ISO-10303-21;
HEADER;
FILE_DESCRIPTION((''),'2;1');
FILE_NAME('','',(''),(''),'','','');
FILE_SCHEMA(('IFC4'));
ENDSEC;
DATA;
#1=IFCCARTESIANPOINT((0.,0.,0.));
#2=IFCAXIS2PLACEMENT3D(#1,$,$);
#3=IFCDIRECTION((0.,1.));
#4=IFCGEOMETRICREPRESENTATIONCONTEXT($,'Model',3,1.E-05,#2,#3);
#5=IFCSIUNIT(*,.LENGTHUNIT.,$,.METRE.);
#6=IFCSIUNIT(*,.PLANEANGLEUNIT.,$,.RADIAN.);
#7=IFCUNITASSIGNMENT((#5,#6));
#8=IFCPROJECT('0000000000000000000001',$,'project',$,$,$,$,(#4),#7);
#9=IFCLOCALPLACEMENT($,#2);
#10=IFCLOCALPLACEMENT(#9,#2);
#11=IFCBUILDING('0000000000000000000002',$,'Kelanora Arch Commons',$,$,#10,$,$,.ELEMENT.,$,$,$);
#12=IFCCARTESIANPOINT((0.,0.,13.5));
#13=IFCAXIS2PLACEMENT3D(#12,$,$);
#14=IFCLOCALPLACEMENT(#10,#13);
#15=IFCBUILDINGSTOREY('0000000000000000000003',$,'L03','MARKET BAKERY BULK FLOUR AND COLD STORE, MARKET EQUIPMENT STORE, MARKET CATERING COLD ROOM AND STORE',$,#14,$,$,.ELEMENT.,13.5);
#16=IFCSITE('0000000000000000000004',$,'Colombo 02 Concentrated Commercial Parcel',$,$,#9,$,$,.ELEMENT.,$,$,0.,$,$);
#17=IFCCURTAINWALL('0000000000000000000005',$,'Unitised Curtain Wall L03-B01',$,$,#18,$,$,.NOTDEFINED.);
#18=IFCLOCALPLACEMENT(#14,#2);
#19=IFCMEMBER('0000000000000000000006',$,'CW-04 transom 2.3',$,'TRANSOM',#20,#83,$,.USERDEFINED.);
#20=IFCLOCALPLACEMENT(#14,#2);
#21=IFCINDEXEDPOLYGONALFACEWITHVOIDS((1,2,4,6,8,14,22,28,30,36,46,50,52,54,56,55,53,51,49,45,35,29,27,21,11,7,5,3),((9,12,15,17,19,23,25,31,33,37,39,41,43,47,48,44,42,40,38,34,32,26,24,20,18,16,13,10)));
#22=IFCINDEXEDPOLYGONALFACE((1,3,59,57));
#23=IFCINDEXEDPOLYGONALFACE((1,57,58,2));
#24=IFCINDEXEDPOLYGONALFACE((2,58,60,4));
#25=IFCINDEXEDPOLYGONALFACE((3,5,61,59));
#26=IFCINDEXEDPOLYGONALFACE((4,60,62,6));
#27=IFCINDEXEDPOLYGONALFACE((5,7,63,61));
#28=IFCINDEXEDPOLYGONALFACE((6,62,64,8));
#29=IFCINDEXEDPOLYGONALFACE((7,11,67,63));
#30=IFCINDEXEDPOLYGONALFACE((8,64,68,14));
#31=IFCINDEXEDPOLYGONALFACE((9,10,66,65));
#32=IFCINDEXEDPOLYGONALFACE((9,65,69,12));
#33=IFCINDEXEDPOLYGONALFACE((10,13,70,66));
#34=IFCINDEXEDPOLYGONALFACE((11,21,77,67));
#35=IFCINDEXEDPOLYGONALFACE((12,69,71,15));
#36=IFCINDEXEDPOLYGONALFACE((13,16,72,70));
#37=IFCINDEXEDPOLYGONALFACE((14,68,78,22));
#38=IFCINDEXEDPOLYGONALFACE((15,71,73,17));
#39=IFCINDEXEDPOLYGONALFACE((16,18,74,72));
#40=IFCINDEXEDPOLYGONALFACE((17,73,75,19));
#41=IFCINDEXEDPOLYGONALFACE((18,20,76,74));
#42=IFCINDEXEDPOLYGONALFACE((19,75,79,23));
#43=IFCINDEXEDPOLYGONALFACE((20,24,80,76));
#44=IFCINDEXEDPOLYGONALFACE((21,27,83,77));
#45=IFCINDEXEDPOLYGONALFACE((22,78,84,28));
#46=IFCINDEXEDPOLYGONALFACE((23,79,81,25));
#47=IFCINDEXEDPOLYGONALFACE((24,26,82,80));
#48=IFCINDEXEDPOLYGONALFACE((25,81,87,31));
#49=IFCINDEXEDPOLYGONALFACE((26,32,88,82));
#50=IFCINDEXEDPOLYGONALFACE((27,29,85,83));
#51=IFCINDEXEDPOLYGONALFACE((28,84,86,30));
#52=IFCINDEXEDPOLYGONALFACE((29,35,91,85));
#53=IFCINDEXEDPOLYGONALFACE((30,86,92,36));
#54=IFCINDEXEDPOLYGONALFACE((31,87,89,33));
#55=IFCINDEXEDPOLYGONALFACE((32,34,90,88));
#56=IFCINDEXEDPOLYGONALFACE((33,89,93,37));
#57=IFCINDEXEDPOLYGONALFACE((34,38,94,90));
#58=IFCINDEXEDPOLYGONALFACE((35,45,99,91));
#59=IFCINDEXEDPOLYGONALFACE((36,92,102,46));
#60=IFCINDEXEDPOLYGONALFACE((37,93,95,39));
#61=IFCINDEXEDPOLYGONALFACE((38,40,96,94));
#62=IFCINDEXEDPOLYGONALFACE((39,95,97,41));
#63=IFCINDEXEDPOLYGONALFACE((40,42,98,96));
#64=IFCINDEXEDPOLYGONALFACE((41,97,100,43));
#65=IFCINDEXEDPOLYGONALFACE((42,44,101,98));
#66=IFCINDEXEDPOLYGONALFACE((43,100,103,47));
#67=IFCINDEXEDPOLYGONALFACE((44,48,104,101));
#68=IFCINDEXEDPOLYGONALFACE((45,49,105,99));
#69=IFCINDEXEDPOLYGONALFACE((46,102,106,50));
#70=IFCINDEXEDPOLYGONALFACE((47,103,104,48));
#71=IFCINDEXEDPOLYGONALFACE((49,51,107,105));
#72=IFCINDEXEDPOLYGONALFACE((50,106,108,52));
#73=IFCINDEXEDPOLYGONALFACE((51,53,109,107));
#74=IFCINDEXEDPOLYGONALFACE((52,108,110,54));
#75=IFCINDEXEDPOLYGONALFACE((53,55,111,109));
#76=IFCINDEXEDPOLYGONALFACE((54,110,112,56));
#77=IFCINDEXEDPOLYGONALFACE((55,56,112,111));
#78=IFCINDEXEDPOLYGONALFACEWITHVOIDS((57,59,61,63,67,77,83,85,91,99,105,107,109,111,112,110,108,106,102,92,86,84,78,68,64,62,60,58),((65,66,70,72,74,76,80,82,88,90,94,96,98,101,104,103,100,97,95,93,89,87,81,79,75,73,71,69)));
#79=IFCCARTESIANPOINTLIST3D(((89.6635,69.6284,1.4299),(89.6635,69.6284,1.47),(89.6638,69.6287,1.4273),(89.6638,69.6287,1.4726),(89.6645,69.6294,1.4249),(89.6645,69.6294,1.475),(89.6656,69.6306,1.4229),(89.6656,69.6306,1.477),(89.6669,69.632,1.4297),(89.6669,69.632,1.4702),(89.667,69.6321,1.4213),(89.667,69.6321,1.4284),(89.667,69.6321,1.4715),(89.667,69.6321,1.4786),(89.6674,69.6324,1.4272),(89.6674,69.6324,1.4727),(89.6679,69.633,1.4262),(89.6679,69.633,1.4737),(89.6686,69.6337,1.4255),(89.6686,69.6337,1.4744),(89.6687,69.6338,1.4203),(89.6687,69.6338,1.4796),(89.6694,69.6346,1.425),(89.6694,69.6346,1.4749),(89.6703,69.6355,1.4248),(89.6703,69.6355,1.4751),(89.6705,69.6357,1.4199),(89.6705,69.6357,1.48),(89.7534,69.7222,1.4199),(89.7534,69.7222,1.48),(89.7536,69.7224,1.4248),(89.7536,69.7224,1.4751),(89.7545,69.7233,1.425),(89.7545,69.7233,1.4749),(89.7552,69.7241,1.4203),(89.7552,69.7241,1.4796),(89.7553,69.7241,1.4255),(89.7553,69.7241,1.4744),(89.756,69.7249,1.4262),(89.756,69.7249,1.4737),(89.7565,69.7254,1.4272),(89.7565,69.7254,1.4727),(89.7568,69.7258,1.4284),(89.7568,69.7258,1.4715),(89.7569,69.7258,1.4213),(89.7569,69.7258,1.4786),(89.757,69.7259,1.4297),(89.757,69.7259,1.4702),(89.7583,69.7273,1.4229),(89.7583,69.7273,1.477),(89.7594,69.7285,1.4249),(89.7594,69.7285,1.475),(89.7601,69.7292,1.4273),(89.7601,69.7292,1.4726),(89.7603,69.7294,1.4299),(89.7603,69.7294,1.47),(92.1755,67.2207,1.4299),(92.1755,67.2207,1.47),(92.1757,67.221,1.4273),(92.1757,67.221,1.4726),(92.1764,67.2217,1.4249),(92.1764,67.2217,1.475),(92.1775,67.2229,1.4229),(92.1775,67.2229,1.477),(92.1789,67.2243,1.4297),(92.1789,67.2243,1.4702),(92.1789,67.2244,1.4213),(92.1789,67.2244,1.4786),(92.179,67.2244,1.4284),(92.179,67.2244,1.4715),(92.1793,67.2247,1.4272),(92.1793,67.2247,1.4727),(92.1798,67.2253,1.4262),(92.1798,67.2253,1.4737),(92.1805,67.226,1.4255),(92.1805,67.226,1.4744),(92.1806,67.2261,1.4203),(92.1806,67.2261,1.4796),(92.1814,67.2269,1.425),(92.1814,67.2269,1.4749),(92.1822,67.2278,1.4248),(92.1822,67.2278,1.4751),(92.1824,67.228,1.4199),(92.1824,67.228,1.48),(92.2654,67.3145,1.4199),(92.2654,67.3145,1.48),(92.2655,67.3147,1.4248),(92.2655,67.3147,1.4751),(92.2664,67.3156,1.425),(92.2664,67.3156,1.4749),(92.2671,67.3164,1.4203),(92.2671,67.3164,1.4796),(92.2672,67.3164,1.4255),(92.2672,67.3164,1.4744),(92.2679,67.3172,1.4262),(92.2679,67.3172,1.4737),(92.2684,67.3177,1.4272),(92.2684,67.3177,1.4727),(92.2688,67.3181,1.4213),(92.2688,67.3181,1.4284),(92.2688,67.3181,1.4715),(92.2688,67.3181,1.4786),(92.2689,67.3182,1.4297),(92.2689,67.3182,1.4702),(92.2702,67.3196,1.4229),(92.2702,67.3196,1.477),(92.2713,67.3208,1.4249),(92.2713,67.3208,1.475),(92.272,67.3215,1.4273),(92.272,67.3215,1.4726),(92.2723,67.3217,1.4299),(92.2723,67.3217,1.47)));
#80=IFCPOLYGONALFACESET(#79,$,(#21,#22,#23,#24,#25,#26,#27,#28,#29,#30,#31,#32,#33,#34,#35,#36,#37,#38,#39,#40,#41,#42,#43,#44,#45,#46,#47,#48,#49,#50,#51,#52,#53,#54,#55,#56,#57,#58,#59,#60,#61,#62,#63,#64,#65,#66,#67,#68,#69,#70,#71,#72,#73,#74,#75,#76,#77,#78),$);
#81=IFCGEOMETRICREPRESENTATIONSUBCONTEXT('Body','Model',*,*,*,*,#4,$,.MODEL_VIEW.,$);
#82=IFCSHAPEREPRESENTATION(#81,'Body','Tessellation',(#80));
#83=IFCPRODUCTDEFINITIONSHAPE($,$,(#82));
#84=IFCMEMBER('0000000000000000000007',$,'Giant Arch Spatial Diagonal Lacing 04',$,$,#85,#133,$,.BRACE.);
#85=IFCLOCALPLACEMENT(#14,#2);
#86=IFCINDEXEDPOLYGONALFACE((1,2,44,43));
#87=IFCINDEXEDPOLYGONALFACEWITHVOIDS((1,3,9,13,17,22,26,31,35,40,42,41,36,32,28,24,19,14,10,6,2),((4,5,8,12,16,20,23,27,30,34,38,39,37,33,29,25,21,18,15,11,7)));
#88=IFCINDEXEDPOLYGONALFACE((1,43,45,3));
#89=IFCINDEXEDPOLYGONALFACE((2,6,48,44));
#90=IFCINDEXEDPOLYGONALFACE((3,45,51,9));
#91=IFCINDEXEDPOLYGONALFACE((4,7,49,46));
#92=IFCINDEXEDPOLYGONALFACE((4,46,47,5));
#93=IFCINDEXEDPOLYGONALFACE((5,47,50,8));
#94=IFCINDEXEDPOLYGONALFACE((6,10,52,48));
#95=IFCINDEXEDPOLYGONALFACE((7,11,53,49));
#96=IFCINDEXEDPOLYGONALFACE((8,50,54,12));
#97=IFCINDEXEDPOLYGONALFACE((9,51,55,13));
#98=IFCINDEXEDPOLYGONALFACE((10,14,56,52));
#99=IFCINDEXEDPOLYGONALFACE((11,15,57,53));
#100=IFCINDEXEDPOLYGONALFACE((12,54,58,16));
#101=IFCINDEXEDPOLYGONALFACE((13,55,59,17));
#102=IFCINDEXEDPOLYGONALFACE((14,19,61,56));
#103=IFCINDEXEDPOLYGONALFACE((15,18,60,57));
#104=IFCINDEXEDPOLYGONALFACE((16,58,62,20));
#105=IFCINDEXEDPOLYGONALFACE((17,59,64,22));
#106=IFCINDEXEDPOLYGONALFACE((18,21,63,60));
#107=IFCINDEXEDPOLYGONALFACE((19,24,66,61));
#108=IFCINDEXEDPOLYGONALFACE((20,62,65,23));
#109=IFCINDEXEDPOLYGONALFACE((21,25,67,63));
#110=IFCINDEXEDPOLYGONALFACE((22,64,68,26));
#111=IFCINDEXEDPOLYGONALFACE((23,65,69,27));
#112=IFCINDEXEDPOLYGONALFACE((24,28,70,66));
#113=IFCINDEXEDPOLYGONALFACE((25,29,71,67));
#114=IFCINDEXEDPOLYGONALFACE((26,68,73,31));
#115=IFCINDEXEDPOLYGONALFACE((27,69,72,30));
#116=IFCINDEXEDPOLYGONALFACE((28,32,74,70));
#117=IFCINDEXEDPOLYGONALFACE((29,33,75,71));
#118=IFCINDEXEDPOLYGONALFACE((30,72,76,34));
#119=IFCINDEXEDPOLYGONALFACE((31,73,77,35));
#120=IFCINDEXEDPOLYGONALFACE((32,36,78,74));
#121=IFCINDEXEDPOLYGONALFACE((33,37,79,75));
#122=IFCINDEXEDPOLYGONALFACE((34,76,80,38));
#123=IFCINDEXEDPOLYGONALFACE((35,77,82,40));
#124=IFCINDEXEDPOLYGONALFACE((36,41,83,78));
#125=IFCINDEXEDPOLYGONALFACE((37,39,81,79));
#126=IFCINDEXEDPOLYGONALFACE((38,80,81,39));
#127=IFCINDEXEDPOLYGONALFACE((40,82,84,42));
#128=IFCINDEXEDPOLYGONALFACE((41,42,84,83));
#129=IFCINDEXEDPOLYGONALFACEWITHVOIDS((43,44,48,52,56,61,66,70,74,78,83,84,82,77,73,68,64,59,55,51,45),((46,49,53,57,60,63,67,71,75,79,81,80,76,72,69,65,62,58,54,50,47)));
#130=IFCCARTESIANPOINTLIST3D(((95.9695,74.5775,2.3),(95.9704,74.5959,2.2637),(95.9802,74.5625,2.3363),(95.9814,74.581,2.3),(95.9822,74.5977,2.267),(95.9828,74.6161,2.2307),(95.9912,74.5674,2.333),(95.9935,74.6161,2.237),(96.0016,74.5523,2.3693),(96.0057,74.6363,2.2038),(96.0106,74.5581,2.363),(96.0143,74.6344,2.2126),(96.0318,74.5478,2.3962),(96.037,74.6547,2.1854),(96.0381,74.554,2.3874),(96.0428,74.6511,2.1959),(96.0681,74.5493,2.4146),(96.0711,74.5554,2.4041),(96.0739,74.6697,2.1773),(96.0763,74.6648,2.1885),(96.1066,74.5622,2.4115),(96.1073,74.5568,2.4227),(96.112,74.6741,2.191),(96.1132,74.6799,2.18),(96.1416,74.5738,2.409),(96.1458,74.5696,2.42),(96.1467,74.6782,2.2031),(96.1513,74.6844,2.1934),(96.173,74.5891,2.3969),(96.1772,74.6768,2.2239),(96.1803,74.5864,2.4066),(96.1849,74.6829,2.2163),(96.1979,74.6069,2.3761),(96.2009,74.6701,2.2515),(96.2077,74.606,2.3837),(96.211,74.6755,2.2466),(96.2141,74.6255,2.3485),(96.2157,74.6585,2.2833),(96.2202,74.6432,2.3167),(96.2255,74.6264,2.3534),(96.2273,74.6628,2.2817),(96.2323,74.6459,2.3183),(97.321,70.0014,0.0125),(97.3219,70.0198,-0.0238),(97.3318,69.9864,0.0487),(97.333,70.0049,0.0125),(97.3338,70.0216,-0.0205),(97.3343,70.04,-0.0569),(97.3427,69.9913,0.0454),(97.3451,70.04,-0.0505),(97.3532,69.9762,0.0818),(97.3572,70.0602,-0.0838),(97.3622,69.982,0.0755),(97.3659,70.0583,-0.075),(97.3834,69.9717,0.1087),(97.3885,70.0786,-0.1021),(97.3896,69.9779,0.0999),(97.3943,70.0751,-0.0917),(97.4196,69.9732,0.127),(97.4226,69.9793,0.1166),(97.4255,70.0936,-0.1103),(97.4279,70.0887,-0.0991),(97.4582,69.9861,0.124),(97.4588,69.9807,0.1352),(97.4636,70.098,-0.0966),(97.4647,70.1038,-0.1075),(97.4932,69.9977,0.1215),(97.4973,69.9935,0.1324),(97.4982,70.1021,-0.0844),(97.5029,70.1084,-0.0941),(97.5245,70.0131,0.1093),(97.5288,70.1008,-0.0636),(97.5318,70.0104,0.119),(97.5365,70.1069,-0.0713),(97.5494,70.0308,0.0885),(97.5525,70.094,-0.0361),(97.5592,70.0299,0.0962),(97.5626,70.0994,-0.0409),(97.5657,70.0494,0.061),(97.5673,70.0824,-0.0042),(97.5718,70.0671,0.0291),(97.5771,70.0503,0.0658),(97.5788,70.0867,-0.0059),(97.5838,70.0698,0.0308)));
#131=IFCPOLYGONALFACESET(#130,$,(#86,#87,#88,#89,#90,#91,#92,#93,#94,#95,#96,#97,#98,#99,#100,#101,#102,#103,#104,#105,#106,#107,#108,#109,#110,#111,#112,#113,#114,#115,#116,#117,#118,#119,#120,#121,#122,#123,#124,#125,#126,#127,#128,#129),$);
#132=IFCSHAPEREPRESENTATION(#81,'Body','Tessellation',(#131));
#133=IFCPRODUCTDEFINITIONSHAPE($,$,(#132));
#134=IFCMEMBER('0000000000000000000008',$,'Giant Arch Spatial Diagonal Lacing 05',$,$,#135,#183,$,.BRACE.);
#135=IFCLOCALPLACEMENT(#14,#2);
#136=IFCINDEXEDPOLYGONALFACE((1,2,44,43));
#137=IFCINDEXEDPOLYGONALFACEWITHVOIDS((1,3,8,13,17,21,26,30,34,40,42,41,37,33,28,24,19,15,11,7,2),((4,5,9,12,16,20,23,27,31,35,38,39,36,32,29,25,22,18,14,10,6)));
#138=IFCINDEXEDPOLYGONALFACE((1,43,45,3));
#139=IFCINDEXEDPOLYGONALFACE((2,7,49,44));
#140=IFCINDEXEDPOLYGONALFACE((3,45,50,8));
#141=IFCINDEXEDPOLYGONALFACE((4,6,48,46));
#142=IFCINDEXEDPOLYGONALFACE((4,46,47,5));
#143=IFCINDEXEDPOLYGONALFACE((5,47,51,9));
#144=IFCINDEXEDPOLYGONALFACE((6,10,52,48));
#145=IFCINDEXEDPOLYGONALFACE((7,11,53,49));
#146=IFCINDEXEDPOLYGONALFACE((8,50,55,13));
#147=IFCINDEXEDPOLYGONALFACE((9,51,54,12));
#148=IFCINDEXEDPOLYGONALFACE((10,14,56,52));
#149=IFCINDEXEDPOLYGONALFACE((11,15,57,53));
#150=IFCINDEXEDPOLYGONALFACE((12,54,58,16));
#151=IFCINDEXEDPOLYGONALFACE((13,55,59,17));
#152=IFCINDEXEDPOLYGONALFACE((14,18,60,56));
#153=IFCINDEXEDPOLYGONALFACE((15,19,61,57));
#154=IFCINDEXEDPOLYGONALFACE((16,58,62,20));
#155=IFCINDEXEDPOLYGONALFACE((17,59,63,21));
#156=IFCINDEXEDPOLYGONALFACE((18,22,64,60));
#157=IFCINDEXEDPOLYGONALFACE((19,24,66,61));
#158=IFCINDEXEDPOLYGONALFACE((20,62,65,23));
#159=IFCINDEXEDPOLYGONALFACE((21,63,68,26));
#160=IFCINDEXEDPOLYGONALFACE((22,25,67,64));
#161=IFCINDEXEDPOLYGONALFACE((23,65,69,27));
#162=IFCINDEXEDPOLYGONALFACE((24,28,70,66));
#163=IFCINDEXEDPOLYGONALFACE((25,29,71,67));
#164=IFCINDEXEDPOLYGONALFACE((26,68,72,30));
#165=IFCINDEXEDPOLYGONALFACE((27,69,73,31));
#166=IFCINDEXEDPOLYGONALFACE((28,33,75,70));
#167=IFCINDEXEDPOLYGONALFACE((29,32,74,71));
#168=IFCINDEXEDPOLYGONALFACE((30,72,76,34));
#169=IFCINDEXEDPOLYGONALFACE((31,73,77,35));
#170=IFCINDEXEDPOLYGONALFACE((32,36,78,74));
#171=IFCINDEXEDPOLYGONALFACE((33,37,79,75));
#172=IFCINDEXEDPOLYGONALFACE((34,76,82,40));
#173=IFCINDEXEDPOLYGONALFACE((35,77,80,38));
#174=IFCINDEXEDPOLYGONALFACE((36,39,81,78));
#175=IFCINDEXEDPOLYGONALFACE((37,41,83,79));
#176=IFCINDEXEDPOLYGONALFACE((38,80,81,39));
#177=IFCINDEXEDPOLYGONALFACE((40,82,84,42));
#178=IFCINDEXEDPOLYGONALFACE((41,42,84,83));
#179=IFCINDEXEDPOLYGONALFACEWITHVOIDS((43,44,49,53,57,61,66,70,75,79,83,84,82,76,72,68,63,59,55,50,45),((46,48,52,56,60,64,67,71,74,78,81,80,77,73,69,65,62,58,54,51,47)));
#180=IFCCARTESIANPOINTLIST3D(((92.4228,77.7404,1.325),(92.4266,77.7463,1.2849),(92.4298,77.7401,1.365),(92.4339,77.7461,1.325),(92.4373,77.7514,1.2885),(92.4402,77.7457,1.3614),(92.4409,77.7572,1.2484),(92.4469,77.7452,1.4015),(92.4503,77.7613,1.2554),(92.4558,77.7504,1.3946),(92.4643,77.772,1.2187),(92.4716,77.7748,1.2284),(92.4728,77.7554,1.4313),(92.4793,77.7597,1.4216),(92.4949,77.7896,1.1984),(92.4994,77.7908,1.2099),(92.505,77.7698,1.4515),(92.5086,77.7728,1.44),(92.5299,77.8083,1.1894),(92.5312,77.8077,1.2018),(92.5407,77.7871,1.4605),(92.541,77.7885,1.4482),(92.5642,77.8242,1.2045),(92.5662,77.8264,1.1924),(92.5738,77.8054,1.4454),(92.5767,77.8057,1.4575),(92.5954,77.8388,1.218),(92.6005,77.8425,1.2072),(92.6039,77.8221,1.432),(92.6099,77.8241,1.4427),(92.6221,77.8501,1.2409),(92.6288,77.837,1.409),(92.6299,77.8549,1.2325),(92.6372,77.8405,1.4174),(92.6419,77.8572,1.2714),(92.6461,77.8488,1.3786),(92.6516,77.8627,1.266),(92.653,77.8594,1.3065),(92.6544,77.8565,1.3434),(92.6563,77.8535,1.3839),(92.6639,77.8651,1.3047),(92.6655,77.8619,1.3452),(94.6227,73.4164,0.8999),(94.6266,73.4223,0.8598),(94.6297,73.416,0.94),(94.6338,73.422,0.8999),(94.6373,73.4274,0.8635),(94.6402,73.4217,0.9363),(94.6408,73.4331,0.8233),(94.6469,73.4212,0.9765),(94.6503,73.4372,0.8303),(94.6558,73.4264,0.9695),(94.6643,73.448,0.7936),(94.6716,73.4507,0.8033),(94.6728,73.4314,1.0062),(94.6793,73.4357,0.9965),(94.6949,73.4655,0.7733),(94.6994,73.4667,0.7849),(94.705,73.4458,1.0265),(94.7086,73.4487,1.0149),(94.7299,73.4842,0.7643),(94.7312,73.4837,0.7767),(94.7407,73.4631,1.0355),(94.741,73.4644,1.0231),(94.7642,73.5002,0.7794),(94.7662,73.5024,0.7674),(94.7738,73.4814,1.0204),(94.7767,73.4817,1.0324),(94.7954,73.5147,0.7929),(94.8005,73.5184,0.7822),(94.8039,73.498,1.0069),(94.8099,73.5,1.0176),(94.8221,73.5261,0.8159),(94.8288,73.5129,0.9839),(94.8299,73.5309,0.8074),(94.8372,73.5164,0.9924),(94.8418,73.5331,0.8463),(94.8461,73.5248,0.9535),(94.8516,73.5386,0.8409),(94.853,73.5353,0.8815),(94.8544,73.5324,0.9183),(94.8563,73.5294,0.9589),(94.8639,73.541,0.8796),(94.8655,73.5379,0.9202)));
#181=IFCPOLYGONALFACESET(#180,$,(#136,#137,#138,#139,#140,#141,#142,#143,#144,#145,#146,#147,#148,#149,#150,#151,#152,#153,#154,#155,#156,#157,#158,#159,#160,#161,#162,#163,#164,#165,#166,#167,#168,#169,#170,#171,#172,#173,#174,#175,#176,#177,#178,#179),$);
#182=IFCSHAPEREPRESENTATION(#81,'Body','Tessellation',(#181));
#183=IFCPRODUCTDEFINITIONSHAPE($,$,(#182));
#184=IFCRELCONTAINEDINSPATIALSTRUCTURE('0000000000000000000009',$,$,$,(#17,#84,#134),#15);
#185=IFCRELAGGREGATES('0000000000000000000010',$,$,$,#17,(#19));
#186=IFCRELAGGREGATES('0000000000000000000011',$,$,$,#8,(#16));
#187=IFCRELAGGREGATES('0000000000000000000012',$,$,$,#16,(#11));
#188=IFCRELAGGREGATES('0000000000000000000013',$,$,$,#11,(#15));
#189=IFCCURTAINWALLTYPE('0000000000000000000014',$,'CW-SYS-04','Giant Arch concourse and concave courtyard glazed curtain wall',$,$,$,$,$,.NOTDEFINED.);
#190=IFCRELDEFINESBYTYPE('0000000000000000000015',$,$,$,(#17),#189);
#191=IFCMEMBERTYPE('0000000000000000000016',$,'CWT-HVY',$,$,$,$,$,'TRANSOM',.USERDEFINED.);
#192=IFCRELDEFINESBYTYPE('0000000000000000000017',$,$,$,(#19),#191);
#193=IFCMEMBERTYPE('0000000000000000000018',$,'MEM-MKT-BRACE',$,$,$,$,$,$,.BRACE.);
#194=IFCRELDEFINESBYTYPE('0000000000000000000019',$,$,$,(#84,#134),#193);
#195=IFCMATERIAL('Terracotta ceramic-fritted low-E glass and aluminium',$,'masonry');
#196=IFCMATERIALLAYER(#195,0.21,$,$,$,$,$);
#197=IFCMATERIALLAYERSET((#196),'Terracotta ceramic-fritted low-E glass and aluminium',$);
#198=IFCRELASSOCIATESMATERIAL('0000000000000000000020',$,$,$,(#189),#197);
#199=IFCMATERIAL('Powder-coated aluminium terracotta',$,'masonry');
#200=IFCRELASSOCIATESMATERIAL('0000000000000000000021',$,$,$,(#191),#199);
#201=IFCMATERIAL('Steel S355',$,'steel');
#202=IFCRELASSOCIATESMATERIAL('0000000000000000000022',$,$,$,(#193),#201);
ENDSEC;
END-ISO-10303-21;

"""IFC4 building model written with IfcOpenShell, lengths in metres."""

from ifc_helpers import new_model, si_unit, direction, frame, origin, origin_2d, place, context, subcontext, project, spatial, hollow_rectangle, hollow_circle, extrude, material, layer, layer_set, material_profile, profile_set, type_object, element, aggregate, save


model = new_model("IFC4")

# Units and contexts
model_context = context("Model", 3, precision=1e-05, world=origin(), true_north=direction((0.0, 1.0)))
body_context = subcontext(model_context, "Body", "Model", "MODEL_VIEW")
ifc_project = project(units=[si_unit("LENGTHUNIT", "METRE"), si_unit("PLANEANGLEUNIT", "RADIAN")], contexts=[model_context])

# Site, building, storey
site_placement = place(None, origin())
site = spatial("IfcSite", under=ifc_project, at=site_placement, Name="Colombo 02 Concentrated Commercial Parcel", CompositionType="ELEMENT", RefElevation=0.0)
building_placement = place(site_placement, origin())
building = spatial("IfcBuilding", under=site, at=building_placement, Name="Kelanora Arch Commons", CompositionType="ELEMENT")
storey_placement = place(building_placement, frame((0.0, 0.0, 13.5)))
storey = spatial("IfcBuildingStorey", under=building, at=storey_placement, Name="L03", Description="MARKET BAKERY BULK FLOUR AND COLD STORE, MARKET EQUIPMENT STORE, MARKET CATERING COLD ROOM AND STORE", CompositionType="ELEMENT", Elevation=13.5)

# Shared definitions
ifc_material_1 = material(Name="Steel S355", Category="steel")

# Curtain wall
ifc_material_2 = material(Name="Terracotta ceramic-fritted low-E glass and aluminium", Category="masonry")
ifc_layer_1 = layer(ifc_material_2, 0.21)
ifc_layer_set_1 = layer_set([ifc_layer_1], Name="Terracotta ceramic-fritted low-E glass and aluminium")
curtain_wall_type = type_object("IfcCurtainWallType", Name="CW-SYS-04", Description="Giant Arch concourse and concave courtyard glazed curtain wall", PredefinedType="NOTDEFINED", material=ifc_layer_set_1)
curtain_wall_1_placement = place(storey_placement, origin())
curtain_wall_1 = element("IfcCurtainWall", 1, at=curtain_wall_1_placement, inside=storey, type_object=curtain_wall_type, Name="Unitised Curtain Wall L03-B01", PredefinedType="NOTDEFINED")
ifc_material_3 = material(Name="Powder-coated aluminium terracotta", Category="masonry")

# Member
ifc_material_profile_1 = material_profile(ifc_material_3, hollow_rectangle(XDim=0.1399, YDim=0.0601, WallThickness=0.0049, InnerFilletRadius=0.0049, OuterFilletRadius=0.01, at=origin_2d()), Name="CWT140x60")
ifc_profile_set_1 = profile_set([ifc_material_profile_1], Name="Powder-coated aluminium terracotta")
member_type_1 = type_object("IfcMemberType", Name="CWT-HVY", ElementType="TRANSOM", PredefinedType="USERDEFINED", material=ifc_profile_set_1)
member_1_placement = place(storey_placement, frame((92.2239, 67.2712, 1.45), z_axis=(-0.721928, 0.691968, 0.0), x_axis=(-0.691968, -0.721928, 0.0)))
member_1 = element("IfcMember", 2, at=member_1_placement, type_object=member_type_1, Name="CW-04 transom 2.3", ObjectType="TRANSOM", PredefinedType="USERDEFINED", context=body_context, shape_type="SweptSolid", body=[
    extrude(hollow_rectangle(XDim=0.1399, YDim=0.0601, WallThickness=0.0049, InnerFilletRadius=0.0049, OuterFilletRadius=0.01, at=origin_2d()), origin(), (0.0, 0.0, 1.0), 3.4795),
])

# Members
ifc_material_profile_2 = material_profile(ifc_material_1, hollow_circle(Radius=0.1365, WallThickness=0.0125, at=origin_2d()), Name="CHS273x12.5")
ifc_profile_set_2 = profile_set([ifc_material_profile_2], Name="Steel S355")
member_type_2 = type_object("IfcMemberType", Name="MEM-MKT-BRACE", PredefinedType="BRACE", material=ifc_profile_set_2)
member_2_placement = place(storey_placement, frame((97.4519, 70.04, 0.0125), z_axis=(-0.255416, 0.864797, 0.432306), x_axis=(-0.959046, -0.283252, 0.0)))
element("IfcMember", 3, at=member_2_placement, inside=storey, type_object=member_type_2, Name="Giant Arch Spatial Diagonal Lacing 04", PredefinedType="BRACE", context=body_context, shape_type="SweptSolid", body=[
    extrude(hollow_circle(Radius=0.1365, WallThickness=0.0125, at=origin_2d()), origin(), (0.0, 0.0, 1.0), 5.2915),
])
member_3_placement = place(storey_placement, frame((94.7444, 73.4783, 0.8999), z_axis=(-0.451732, 0.887874, 0.087278), x_axis=(-0.891275, -0.453463, 0.0)))
element("IfcMember", 4, at=member_3_placement, inside=storey, type_object=member_type_2, Name="Giant Arch Spatial Diagonal Lacing 05", PredefinedType="BRACE", context=body_context, shape_type="SweptSolid", body=[
    extrude(hollow_circle(Radius=0.1365, WallThickness=0.0125, at=origin_2d()), origin(), (0.0, 0.0, 1.0), 4.8701),
])

aggregate(curtain_wall_1, [member_1])

save(model, "model.ifc")
